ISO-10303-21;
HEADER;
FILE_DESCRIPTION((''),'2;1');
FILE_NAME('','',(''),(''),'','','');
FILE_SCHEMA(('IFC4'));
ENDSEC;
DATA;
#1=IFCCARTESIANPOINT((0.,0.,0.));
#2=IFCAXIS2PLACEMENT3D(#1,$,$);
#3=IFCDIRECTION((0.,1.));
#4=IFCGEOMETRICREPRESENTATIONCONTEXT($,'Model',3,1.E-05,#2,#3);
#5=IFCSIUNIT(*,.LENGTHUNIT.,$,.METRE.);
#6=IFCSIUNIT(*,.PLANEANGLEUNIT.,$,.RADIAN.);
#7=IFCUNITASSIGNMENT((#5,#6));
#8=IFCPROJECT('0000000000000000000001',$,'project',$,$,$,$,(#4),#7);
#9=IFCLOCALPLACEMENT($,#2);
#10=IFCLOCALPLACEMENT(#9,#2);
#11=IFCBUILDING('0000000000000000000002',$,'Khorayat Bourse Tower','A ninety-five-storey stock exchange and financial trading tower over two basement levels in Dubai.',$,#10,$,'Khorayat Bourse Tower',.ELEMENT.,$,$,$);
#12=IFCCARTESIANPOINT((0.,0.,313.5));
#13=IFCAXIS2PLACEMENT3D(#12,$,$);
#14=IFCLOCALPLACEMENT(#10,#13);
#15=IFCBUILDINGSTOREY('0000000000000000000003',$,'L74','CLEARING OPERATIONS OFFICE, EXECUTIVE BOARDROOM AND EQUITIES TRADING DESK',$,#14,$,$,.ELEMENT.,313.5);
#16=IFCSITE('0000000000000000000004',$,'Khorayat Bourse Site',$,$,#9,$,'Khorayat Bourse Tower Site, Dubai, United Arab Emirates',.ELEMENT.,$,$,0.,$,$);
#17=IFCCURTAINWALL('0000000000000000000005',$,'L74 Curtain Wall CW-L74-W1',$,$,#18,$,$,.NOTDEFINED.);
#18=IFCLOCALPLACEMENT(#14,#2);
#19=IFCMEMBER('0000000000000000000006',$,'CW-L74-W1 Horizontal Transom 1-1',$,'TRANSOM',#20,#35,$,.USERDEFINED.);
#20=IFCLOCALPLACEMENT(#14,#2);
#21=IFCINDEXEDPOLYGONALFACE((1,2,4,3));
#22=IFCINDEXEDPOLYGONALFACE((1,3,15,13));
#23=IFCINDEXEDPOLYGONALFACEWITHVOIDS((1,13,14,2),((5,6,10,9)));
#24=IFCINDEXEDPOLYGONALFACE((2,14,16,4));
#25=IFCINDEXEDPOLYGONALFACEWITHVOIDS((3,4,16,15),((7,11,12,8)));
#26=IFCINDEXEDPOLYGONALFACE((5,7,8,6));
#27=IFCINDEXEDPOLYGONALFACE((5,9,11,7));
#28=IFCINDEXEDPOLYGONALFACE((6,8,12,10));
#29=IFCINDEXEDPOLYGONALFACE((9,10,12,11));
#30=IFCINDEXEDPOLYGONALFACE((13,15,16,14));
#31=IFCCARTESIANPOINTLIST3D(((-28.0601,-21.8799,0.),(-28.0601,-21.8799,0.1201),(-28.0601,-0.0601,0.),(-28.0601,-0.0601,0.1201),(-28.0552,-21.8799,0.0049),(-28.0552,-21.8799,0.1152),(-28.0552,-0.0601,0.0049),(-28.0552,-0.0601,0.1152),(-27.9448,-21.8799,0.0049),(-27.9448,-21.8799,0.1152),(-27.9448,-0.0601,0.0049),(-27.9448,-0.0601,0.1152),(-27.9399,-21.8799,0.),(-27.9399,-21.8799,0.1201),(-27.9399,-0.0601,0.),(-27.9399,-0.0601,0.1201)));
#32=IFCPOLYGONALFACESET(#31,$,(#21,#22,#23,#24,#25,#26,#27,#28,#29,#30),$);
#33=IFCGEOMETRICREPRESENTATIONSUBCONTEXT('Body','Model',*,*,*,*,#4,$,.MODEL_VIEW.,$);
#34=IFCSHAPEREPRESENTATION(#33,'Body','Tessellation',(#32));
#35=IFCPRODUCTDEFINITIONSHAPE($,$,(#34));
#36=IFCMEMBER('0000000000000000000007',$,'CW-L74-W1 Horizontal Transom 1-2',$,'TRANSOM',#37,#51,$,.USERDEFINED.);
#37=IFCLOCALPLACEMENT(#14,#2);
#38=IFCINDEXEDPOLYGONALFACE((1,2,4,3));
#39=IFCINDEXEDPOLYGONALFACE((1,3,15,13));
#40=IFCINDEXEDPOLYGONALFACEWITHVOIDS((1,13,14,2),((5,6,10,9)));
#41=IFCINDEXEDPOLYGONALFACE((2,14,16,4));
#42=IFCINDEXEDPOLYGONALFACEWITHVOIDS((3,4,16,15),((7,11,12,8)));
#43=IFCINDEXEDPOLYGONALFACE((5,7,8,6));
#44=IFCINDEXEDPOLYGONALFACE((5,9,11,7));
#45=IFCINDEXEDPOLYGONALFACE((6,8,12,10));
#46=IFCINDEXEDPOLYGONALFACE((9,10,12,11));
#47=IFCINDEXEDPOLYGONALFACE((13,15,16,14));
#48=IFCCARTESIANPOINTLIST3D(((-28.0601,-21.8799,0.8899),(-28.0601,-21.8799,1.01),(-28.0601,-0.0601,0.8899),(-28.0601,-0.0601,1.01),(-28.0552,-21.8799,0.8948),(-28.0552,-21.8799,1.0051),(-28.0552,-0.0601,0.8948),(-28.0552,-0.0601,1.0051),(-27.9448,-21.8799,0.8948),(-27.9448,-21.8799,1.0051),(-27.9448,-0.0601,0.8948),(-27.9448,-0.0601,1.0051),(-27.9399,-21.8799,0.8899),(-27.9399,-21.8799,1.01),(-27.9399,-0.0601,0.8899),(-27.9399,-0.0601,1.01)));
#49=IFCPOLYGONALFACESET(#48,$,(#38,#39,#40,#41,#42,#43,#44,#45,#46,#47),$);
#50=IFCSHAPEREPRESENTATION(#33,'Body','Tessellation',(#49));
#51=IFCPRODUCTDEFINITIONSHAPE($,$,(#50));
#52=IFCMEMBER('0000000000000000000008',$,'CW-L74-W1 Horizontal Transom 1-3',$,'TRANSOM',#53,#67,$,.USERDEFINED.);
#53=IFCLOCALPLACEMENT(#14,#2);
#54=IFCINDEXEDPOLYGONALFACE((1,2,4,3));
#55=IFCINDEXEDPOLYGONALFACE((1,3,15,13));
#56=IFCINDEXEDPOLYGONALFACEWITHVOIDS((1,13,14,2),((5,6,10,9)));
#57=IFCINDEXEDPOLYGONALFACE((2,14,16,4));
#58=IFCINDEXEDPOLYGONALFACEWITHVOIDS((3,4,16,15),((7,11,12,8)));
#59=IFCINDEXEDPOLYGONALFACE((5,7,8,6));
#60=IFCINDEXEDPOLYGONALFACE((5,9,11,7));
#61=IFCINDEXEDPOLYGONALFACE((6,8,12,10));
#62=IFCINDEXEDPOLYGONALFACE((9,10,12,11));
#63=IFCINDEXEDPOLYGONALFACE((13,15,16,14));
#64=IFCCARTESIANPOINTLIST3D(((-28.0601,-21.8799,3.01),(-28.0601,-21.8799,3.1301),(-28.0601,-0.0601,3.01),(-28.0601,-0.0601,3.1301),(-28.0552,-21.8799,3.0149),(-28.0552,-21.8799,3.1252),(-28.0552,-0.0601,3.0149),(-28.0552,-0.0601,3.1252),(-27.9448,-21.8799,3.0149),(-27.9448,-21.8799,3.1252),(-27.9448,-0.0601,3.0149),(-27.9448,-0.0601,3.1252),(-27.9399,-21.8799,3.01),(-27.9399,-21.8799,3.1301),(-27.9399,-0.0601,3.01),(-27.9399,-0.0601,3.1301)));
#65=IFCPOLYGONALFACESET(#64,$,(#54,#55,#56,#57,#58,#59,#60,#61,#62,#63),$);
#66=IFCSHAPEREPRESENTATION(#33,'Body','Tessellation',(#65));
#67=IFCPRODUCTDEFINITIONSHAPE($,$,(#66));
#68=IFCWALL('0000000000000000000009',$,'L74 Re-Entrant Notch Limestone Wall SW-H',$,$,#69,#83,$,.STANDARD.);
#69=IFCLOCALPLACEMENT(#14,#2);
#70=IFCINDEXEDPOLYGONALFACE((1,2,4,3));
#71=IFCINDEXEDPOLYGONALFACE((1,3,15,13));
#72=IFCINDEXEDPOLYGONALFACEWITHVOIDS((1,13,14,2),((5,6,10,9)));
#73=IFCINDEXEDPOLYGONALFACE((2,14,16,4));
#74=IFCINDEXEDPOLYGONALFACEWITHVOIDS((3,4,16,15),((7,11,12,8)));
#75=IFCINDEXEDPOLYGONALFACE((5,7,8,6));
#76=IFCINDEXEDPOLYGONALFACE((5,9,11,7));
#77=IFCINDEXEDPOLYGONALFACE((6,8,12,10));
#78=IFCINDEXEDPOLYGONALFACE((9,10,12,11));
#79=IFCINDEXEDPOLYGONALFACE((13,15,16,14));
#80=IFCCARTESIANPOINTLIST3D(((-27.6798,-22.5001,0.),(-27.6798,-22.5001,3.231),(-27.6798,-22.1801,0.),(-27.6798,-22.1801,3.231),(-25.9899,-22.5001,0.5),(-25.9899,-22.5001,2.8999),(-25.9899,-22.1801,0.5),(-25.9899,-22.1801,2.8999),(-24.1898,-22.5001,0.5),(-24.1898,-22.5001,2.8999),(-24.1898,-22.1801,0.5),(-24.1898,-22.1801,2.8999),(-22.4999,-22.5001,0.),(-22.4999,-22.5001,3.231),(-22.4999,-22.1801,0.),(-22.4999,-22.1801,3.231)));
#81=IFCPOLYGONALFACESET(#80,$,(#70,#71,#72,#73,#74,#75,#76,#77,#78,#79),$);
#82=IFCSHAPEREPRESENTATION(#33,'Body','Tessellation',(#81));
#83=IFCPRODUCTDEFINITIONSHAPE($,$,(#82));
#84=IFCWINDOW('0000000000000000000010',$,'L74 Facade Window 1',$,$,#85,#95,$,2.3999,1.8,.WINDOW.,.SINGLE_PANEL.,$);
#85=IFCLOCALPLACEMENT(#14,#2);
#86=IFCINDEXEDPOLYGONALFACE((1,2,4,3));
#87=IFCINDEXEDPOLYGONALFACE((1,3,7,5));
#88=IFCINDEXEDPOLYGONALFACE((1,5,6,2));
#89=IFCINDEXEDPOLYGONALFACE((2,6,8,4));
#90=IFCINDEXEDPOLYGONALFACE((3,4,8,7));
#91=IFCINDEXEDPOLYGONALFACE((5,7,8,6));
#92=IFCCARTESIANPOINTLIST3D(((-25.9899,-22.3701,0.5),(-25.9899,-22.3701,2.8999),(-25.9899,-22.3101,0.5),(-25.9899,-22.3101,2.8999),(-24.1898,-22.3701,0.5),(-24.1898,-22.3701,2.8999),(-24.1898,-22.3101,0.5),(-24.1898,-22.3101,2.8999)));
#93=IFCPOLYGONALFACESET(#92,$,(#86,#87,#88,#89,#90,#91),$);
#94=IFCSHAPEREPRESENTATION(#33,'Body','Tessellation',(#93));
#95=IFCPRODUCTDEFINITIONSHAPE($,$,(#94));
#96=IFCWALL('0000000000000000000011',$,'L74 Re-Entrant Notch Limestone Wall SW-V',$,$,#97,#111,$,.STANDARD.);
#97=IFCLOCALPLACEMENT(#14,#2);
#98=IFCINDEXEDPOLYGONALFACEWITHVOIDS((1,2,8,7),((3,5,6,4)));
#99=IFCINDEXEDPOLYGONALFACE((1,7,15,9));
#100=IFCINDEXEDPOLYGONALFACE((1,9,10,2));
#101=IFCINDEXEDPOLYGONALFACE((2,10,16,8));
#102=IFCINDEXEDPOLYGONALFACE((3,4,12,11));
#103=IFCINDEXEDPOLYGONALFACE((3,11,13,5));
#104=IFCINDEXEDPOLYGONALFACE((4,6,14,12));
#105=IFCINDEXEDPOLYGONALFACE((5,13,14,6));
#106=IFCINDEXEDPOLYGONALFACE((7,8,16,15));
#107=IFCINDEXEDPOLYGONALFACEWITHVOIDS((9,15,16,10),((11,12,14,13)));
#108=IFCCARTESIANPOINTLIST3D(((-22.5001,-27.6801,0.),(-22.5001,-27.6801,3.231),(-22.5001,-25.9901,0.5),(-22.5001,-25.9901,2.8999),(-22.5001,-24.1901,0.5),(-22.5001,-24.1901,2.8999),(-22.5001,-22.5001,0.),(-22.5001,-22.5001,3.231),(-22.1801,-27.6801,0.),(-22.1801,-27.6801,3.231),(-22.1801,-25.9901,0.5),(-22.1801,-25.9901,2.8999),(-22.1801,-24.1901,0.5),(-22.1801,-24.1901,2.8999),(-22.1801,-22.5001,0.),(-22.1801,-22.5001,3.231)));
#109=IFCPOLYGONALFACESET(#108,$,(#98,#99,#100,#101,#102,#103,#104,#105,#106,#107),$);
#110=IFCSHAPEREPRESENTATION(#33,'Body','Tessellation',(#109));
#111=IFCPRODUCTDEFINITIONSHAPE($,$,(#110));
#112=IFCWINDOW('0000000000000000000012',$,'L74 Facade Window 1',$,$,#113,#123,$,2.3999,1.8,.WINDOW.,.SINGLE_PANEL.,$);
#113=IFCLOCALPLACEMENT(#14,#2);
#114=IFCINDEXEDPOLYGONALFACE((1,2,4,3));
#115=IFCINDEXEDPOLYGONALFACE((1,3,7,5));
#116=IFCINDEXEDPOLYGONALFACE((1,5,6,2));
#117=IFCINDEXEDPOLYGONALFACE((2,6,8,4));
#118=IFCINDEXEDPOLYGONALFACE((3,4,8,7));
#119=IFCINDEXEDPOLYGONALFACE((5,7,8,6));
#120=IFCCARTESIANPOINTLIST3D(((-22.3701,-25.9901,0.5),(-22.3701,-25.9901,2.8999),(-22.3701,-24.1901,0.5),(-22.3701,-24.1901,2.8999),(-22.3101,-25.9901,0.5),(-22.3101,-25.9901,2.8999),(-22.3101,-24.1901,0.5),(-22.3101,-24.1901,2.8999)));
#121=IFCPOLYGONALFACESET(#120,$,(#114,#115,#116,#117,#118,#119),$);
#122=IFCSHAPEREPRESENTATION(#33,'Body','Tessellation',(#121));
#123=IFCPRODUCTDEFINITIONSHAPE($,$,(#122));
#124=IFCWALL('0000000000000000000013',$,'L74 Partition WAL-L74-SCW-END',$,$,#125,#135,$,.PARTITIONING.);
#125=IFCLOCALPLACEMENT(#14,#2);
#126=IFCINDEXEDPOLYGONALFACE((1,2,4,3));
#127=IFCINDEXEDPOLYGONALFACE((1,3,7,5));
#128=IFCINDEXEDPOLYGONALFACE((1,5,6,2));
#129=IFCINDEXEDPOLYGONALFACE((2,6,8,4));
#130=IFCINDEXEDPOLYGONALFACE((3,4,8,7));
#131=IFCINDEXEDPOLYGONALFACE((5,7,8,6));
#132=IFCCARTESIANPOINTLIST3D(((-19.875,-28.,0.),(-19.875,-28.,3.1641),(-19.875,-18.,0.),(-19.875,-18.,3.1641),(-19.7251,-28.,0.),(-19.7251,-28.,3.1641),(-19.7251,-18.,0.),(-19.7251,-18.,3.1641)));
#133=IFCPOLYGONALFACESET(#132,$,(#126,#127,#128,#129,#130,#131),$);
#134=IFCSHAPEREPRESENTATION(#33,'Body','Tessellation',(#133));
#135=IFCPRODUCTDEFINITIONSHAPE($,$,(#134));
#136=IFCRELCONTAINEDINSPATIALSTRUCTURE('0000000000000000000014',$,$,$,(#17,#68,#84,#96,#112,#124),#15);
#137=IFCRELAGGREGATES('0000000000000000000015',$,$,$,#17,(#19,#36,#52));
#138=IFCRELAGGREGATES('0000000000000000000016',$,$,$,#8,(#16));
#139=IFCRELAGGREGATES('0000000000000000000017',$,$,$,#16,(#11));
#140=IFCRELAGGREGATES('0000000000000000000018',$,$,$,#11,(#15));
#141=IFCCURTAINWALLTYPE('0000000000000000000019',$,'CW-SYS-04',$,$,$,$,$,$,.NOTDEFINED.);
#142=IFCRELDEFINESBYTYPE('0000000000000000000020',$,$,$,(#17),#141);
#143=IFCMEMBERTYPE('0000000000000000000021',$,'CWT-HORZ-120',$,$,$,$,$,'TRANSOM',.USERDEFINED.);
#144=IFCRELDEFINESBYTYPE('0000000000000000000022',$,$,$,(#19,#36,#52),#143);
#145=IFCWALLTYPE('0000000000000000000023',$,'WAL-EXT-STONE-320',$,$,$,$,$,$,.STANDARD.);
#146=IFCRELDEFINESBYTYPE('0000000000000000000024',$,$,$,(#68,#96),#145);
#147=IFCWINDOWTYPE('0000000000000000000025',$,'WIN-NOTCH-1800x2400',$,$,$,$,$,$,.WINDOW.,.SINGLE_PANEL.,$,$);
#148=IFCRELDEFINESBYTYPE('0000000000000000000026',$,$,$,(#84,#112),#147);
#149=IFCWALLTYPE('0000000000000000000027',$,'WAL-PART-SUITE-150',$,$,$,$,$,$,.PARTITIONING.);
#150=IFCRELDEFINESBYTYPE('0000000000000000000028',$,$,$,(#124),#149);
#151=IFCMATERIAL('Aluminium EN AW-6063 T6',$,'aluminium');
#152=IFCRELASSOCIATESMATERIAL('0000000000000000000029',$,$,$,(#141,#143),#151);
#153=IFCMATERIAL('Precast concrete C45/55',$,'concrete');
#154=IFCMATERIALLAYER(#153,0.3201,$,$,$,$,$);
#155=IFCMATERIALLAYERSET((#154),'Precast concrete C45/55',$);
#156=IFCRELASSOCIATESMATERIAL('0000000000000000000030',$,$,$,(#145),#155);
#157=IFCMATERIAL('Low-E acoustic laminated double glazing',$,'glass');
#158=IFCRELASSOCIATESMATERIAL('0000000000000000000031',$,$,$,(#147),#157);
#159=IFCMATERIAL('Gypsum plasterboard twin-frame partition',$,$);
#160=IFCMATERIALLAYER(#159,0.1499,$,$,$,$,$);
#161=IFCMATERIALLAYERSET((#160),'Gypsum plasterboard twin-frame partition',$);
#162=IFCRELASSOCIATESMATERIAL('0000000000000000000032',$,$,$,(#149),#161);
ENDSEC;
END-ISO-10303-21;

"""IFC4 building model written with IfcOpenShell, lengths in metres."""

from ifc_helpers import new_model, si_unit, direction, frame, frame_2d, origin, origin_2d, place, context, subcontext, project, spatial, rectangle, hollow_rectangle, extrude, source, transform, mapped, material, layer, layer_set, material_profile, profile_set, type_object, element, fill, aggregate, save


model = new_model("IFC4")

# Units and contexts
model_context = context("Model", 3, precision=1e-05, world=origin(), true_north=direction((0.0, 1.0)))
body_context = subcontext(model_context, "Body", "Model", "MODEL_VIEW")
ifc_project = project(units=[si_unit("LENGTHUNIT", "METRE"), si_unit("PLANEANGLEUNIT", "RADIAN")], contexts=[model_context])

# Site, building, storey
site_placement = place(None, origin())
site = spatial("IfcSite", under=ifc_project, at=site_placement, Name="Khorayat Bourse Site", LongName="Khorayat Bourse Tower Site, Dubai, United Arab Emirates", CompositionType="ELEMENT", RefElevation=0.0)
building_placement = place(site_placement, origin())
building = spatial("IfcBuilding", under=site, at=building_placement, Name="Khorayat Bourse Tower", Description="A ninety-five-storey stock exchange and financial trading tower over two basement levels in Dubai.", LongName="Khorayat Bourse Tower", CompositionType="ELEMENT")
storey_placement = place(building_placement, frame((0.0, 0.0, 313.5)))
storey = spatial("IfcBuildingStorey", under=building, at=storey_placement, Name="L74", Description="CLEARING OPERATIONS OFFICE, EXECUTIVE BOARDROOM AND EQUITIES TRADING DESK", CompositionType="ELEMENT", Elevation=313.5)

# Curtain wall
ifc_material_1 = material(Name="Aluminium EN AW-6063 T6", Category="aluminium")
curtain_wall_type = type_object("IfcCurtainWallType", Name="CW-SYS-04", PredefinedType="NOTDEFINED", material=ifc_material_1)
curtain_wall_1_placement = place(storey_placement, origin())
curtain_wall_1 = element("IfcCurtainWall", 1, at=curtain_wall_1_placement, inside=storey, type_object=curtain_wall_type, Name="L74 Curtain Wall CW-L74-W1", PredefinedType="NOTDEFINED")

# Members
ifc_material_profile_1 = material_profile(ifc_material_1, hollow_rectangle(XDim=0.1201, YDim=0.1201, WallThickness=0.0049, at=origin_2d()), Name="ALU 120x120x5")
ifc_profile_set_1 = profile_set([ifc_material_profile_1], Name="Aluminium EN AW-6063 T6")
member_type_1 = type_object("IfcMemberType", Name="CWT-HORZ-120", ElementType="TRANSOM", PredefinedType="USERDEFINED", material=ifc_profile_set_1)
shared_shape_1 = source(origin(), body_context, "Body", "SweptSolid", [
    extrude(hollow_rectangle(XDim=0.1201, YDim=0.1201, WallThickness=0.0049, at=origin_2d()), origin(), (0.0, 0.0, 1.0), 21.8198),
])
member_1_placement = place(storey_placement, frame((-28.0, -21.8799, 0.0601), z_axis=(0.0, 1.0, 0.0), x_axis=(-1.0, 0.0, 0.0)))
member_1 = element("IfcMember", 2, at=member_1_placement, type_object=member_type_1, Name="CW-L74-W1 Horizontal Transom 1-1", ObjectType="TRANSOM", PredefinedType="USERDEFINED", context=body_context, shape_type="MappedRepresentation", body=[
    mapped(shared_shape_1, transform((0.0, 0.0, 0.0), scale=1.0)),
])
member_2_placement = place(storey_placement, frame((-28.0, -21.8799, 0.95), z_axis=(0.0, 1.0, 0.0), x_axis=(-1.0, 0.0, 0.0)))
member_2 = element("IfcMember", 3, at=member_2_placement, type_object=member_type_1, Name="CW-L74-W1 Horizontal Transom 1-2", ObjectType="TRANSOM", PredefinedType="USERDEFINED", context=body_context, shape_type="MappedRepresentation", body=[
    mapped(shared_shape_1, transform((0.0, 0.0, 0.0), scale=1.0)),
])
member_3_placement = place(storey_placement, frame((-28.0, -21.8799, 3.0701), z_axis=(0.0, 1.0, 0.0), x_axis=(-1.0, 0.0, 0.0)))
member_3 = element("IfcMember", 4, at=member_3_placement, type_object=member_type_1, Name="CW-L74-W1 Horizontal Transom 1-3", ObjectType="TRANSOM", PredefinedType="USERDEFINED", context=body_context, shape_type="MappedRepresentation", body=[
    mapped(shared_shape_1, transform((0.0, 0.0, 0.0), scale=1.0)),
])
aggregate(curtain_wall_1, [member_1, member_2, member_3])

# Walls, openings, windows
ifc_material_2 = material(Name="Precast concrete C45/55", Category="concrete")
ifc_layer_1 = layer(ifc_material_2, 0.3201)
ifc_layer_set_1 = layer_set([ifc_layer_1], Name="Precast concrete C45/55")
wall_type_1 = type_object("IfcWallType", Name="WAL-EXT-STONE-320", PredefinedType="STANDARD", material=ifc_layer_set_1)
shared_shape_2 = source(origin(), body_context, "Body", "SweptSolid", [
    extrude(rectangle(XDim=5.1799, YDim=0.3201, at=frame_2d((2.5898, 0.0))), origin(), (0.0, 0.0, 1.0), 3.231),
])
wall_1_placement = place(storey_placement, frame((-22.5, -22.3401, 0.0), z_axis=(0.0, 0.0, 1.0), x_axis=(-1.0, 0.0, 0.0)))
wall_1 = element("IfcWall", 5, at=wall_1_placement, inside=storey, type_object=wall_type_1, Name="L74 Re-Entrant Notch Limestone Wall SW-H", PredefinedType="STANDARD", context=body_context, shape_type="MappedRepresentation", body=[
    mapped(shared_shape_2, transform((0.0, 0.0, 0.0), scale=1.0)),
])
shared_shape_3 = source(origin(), body_context, "Body", "SweptSolid", [
    extrude(rectangle(XDim=1.8, YDim=2.3999, at=frame_2d((0.8999, 1.2))), frame((0.0, 0.1699, 0.0), z_axis=(0.0, -1.0, 0.0), x_axis=(1.0, 0.0, 0.0)), (0.0, 0.0, 1.0), 0.3401),
])
opening_1_placement = place(wall_1_placement, frame((1.6899, 0.0, 0.5)))
opening_1 = element("IfcOpeningElement", 6, at=opening_1_placement, cuts=wall_1, PredefinedType="OPENING", context=body_context, shape_type="MappedRepresentation", body=[
    mapped(shared_shape_3, transform((0.0, 0.0, 0.0), scale=1.0)),
])
ifc_material_3 = material(Name="Low-E acoustic laminated double glazing", Category="glass")
window_type = type_object("IfcWindowType", Name="WIN-NOTCH-1800x2400", PartitioningType="SINGLE_PANEL", PredefinedType="WINDOW", material=ifc_material_3)
shared_shape_4 = source(origin(), body_context, "Body", "SweptSolid", [
    extrude(rectangle(XDim=1.8, YDim=2.3999, at=frame_2d((0.8999, 1.2))), frame((0.0, 0.03, 0.0), z_axis=(0.0, -1.0, 0.0), x_axis=(1.0, 0.0, 0.0)), (0.0, 0.0, 1.0), 0.0601),
])
window_1_placement = place(opening_1_placement, origin())
window_1 = element("IfcWindow", 7, at=window_1_placement, inside=storey, type_object=window_type, Name="L74 Facade Window 1", OverallHeight=2.3999, OverallWidth=1.8, PartitioningType="SINGLE_PANEL", PredefinedType="WINDOW", context=body_context, shape_type="MappedRepresentation", body=[
    mapped(shared_shape_4, transform((0.0, 0.0, 0.0), scale=1.0)),
])
fill(opening_1, window_1)
wall_2_placement = place(storey_placement, frame((-22.3401, -27.6799, 0.0), z_axis=(0.0, 0.0, 1.0), x_axis=(0.0, 1.0, 0.0)))
wall_2 = element("IfcWall", 8, at=wall_2_placement, inside=storey, type_object=wall_type_1, Name="L74 Re-Entrant Notch Limestone Wall SW-V", PredefinedType="STANDARD", context=body_context, shape_type="MappedRepresentation", body=[
    mapped(shared_shape_2, transform((0.0, 0.0, 0.0), scale=1.0)),
])
opening_2_placement = place(wall_2_placement, frame((1.6899, 0.0, 0.5)))
opening_2 = element("IfcOpeningElement", 9, at=opening_2_placement, cuts=wall_2, PredefinedType="OPENING", context=body_context, shape_type="MappedRepresentation", body=[
    mapped(shared_shape_3, transform((0.0, 0.0, 0.0), scale=1.0)),
])
window_2_placement = place(opening_2_placement, origin())
window_2 = element("IfcWindow", 10, at=window_2_placement, inside=storey, type_object=window_type, Name="L74 Facade Window 1", OverallHeight=2.3999, OverallWidth=1.8, PartitioningType="SINGLE_PANEL", PredefinedType="WINDOW", context=body_context, shape_type="MappedRepresentation", body=[
    mapped(shared_shape_4, transform((0.0, 0.0, 0.0), scale=1.0)),
])
fill(opening_2, window_2)

# Wall
ifc_material_4 = material(Name="Gypsum plasterboard twin-frame partition")
ifc_layer_2 = layer(ifc_material_4, 0.1499)
ifc_layer_set_2 = layer_set([ifc_layer_2], Name="Gypsum plasterboard twin-frame partition")
wall_type_2 = type_object("IfcWallType", Name="WAL-PART-SUITE-150", PredefinedType="PARTITIONING", material=ifc_layer_set_2)
shared_shape_5 = source(origin(), body_context, "Body", "SweptSolid", [
    extrude(rectangle(XDim=10.0, YDim=0.1499, at=frame_2d((5.0, 0.0))), origin(), (0.0, 0.0, 1.0), 3.1641),
])
wall_3_placement = place(storey_placement, frame((-19.8, -28.0, 0.0), z_axis=(0.0, 0.0, 1.0), x_axis=(0.0, 1.0, 0.0)))
element("IfcWall", 11, at=wall_3_placement, inside=storey, type_object=wall_type_2, Name="L74 Partition WAL-L74-SCW-END", PredefinedType="PARTITIONING", context=body_context, shape_type="MappedRepresentation", body=[
    mapped(shared_shape_5, transform((0.0, 0.0, 0.0), scale=1.0)),
])

save(model, "model.ifc")
